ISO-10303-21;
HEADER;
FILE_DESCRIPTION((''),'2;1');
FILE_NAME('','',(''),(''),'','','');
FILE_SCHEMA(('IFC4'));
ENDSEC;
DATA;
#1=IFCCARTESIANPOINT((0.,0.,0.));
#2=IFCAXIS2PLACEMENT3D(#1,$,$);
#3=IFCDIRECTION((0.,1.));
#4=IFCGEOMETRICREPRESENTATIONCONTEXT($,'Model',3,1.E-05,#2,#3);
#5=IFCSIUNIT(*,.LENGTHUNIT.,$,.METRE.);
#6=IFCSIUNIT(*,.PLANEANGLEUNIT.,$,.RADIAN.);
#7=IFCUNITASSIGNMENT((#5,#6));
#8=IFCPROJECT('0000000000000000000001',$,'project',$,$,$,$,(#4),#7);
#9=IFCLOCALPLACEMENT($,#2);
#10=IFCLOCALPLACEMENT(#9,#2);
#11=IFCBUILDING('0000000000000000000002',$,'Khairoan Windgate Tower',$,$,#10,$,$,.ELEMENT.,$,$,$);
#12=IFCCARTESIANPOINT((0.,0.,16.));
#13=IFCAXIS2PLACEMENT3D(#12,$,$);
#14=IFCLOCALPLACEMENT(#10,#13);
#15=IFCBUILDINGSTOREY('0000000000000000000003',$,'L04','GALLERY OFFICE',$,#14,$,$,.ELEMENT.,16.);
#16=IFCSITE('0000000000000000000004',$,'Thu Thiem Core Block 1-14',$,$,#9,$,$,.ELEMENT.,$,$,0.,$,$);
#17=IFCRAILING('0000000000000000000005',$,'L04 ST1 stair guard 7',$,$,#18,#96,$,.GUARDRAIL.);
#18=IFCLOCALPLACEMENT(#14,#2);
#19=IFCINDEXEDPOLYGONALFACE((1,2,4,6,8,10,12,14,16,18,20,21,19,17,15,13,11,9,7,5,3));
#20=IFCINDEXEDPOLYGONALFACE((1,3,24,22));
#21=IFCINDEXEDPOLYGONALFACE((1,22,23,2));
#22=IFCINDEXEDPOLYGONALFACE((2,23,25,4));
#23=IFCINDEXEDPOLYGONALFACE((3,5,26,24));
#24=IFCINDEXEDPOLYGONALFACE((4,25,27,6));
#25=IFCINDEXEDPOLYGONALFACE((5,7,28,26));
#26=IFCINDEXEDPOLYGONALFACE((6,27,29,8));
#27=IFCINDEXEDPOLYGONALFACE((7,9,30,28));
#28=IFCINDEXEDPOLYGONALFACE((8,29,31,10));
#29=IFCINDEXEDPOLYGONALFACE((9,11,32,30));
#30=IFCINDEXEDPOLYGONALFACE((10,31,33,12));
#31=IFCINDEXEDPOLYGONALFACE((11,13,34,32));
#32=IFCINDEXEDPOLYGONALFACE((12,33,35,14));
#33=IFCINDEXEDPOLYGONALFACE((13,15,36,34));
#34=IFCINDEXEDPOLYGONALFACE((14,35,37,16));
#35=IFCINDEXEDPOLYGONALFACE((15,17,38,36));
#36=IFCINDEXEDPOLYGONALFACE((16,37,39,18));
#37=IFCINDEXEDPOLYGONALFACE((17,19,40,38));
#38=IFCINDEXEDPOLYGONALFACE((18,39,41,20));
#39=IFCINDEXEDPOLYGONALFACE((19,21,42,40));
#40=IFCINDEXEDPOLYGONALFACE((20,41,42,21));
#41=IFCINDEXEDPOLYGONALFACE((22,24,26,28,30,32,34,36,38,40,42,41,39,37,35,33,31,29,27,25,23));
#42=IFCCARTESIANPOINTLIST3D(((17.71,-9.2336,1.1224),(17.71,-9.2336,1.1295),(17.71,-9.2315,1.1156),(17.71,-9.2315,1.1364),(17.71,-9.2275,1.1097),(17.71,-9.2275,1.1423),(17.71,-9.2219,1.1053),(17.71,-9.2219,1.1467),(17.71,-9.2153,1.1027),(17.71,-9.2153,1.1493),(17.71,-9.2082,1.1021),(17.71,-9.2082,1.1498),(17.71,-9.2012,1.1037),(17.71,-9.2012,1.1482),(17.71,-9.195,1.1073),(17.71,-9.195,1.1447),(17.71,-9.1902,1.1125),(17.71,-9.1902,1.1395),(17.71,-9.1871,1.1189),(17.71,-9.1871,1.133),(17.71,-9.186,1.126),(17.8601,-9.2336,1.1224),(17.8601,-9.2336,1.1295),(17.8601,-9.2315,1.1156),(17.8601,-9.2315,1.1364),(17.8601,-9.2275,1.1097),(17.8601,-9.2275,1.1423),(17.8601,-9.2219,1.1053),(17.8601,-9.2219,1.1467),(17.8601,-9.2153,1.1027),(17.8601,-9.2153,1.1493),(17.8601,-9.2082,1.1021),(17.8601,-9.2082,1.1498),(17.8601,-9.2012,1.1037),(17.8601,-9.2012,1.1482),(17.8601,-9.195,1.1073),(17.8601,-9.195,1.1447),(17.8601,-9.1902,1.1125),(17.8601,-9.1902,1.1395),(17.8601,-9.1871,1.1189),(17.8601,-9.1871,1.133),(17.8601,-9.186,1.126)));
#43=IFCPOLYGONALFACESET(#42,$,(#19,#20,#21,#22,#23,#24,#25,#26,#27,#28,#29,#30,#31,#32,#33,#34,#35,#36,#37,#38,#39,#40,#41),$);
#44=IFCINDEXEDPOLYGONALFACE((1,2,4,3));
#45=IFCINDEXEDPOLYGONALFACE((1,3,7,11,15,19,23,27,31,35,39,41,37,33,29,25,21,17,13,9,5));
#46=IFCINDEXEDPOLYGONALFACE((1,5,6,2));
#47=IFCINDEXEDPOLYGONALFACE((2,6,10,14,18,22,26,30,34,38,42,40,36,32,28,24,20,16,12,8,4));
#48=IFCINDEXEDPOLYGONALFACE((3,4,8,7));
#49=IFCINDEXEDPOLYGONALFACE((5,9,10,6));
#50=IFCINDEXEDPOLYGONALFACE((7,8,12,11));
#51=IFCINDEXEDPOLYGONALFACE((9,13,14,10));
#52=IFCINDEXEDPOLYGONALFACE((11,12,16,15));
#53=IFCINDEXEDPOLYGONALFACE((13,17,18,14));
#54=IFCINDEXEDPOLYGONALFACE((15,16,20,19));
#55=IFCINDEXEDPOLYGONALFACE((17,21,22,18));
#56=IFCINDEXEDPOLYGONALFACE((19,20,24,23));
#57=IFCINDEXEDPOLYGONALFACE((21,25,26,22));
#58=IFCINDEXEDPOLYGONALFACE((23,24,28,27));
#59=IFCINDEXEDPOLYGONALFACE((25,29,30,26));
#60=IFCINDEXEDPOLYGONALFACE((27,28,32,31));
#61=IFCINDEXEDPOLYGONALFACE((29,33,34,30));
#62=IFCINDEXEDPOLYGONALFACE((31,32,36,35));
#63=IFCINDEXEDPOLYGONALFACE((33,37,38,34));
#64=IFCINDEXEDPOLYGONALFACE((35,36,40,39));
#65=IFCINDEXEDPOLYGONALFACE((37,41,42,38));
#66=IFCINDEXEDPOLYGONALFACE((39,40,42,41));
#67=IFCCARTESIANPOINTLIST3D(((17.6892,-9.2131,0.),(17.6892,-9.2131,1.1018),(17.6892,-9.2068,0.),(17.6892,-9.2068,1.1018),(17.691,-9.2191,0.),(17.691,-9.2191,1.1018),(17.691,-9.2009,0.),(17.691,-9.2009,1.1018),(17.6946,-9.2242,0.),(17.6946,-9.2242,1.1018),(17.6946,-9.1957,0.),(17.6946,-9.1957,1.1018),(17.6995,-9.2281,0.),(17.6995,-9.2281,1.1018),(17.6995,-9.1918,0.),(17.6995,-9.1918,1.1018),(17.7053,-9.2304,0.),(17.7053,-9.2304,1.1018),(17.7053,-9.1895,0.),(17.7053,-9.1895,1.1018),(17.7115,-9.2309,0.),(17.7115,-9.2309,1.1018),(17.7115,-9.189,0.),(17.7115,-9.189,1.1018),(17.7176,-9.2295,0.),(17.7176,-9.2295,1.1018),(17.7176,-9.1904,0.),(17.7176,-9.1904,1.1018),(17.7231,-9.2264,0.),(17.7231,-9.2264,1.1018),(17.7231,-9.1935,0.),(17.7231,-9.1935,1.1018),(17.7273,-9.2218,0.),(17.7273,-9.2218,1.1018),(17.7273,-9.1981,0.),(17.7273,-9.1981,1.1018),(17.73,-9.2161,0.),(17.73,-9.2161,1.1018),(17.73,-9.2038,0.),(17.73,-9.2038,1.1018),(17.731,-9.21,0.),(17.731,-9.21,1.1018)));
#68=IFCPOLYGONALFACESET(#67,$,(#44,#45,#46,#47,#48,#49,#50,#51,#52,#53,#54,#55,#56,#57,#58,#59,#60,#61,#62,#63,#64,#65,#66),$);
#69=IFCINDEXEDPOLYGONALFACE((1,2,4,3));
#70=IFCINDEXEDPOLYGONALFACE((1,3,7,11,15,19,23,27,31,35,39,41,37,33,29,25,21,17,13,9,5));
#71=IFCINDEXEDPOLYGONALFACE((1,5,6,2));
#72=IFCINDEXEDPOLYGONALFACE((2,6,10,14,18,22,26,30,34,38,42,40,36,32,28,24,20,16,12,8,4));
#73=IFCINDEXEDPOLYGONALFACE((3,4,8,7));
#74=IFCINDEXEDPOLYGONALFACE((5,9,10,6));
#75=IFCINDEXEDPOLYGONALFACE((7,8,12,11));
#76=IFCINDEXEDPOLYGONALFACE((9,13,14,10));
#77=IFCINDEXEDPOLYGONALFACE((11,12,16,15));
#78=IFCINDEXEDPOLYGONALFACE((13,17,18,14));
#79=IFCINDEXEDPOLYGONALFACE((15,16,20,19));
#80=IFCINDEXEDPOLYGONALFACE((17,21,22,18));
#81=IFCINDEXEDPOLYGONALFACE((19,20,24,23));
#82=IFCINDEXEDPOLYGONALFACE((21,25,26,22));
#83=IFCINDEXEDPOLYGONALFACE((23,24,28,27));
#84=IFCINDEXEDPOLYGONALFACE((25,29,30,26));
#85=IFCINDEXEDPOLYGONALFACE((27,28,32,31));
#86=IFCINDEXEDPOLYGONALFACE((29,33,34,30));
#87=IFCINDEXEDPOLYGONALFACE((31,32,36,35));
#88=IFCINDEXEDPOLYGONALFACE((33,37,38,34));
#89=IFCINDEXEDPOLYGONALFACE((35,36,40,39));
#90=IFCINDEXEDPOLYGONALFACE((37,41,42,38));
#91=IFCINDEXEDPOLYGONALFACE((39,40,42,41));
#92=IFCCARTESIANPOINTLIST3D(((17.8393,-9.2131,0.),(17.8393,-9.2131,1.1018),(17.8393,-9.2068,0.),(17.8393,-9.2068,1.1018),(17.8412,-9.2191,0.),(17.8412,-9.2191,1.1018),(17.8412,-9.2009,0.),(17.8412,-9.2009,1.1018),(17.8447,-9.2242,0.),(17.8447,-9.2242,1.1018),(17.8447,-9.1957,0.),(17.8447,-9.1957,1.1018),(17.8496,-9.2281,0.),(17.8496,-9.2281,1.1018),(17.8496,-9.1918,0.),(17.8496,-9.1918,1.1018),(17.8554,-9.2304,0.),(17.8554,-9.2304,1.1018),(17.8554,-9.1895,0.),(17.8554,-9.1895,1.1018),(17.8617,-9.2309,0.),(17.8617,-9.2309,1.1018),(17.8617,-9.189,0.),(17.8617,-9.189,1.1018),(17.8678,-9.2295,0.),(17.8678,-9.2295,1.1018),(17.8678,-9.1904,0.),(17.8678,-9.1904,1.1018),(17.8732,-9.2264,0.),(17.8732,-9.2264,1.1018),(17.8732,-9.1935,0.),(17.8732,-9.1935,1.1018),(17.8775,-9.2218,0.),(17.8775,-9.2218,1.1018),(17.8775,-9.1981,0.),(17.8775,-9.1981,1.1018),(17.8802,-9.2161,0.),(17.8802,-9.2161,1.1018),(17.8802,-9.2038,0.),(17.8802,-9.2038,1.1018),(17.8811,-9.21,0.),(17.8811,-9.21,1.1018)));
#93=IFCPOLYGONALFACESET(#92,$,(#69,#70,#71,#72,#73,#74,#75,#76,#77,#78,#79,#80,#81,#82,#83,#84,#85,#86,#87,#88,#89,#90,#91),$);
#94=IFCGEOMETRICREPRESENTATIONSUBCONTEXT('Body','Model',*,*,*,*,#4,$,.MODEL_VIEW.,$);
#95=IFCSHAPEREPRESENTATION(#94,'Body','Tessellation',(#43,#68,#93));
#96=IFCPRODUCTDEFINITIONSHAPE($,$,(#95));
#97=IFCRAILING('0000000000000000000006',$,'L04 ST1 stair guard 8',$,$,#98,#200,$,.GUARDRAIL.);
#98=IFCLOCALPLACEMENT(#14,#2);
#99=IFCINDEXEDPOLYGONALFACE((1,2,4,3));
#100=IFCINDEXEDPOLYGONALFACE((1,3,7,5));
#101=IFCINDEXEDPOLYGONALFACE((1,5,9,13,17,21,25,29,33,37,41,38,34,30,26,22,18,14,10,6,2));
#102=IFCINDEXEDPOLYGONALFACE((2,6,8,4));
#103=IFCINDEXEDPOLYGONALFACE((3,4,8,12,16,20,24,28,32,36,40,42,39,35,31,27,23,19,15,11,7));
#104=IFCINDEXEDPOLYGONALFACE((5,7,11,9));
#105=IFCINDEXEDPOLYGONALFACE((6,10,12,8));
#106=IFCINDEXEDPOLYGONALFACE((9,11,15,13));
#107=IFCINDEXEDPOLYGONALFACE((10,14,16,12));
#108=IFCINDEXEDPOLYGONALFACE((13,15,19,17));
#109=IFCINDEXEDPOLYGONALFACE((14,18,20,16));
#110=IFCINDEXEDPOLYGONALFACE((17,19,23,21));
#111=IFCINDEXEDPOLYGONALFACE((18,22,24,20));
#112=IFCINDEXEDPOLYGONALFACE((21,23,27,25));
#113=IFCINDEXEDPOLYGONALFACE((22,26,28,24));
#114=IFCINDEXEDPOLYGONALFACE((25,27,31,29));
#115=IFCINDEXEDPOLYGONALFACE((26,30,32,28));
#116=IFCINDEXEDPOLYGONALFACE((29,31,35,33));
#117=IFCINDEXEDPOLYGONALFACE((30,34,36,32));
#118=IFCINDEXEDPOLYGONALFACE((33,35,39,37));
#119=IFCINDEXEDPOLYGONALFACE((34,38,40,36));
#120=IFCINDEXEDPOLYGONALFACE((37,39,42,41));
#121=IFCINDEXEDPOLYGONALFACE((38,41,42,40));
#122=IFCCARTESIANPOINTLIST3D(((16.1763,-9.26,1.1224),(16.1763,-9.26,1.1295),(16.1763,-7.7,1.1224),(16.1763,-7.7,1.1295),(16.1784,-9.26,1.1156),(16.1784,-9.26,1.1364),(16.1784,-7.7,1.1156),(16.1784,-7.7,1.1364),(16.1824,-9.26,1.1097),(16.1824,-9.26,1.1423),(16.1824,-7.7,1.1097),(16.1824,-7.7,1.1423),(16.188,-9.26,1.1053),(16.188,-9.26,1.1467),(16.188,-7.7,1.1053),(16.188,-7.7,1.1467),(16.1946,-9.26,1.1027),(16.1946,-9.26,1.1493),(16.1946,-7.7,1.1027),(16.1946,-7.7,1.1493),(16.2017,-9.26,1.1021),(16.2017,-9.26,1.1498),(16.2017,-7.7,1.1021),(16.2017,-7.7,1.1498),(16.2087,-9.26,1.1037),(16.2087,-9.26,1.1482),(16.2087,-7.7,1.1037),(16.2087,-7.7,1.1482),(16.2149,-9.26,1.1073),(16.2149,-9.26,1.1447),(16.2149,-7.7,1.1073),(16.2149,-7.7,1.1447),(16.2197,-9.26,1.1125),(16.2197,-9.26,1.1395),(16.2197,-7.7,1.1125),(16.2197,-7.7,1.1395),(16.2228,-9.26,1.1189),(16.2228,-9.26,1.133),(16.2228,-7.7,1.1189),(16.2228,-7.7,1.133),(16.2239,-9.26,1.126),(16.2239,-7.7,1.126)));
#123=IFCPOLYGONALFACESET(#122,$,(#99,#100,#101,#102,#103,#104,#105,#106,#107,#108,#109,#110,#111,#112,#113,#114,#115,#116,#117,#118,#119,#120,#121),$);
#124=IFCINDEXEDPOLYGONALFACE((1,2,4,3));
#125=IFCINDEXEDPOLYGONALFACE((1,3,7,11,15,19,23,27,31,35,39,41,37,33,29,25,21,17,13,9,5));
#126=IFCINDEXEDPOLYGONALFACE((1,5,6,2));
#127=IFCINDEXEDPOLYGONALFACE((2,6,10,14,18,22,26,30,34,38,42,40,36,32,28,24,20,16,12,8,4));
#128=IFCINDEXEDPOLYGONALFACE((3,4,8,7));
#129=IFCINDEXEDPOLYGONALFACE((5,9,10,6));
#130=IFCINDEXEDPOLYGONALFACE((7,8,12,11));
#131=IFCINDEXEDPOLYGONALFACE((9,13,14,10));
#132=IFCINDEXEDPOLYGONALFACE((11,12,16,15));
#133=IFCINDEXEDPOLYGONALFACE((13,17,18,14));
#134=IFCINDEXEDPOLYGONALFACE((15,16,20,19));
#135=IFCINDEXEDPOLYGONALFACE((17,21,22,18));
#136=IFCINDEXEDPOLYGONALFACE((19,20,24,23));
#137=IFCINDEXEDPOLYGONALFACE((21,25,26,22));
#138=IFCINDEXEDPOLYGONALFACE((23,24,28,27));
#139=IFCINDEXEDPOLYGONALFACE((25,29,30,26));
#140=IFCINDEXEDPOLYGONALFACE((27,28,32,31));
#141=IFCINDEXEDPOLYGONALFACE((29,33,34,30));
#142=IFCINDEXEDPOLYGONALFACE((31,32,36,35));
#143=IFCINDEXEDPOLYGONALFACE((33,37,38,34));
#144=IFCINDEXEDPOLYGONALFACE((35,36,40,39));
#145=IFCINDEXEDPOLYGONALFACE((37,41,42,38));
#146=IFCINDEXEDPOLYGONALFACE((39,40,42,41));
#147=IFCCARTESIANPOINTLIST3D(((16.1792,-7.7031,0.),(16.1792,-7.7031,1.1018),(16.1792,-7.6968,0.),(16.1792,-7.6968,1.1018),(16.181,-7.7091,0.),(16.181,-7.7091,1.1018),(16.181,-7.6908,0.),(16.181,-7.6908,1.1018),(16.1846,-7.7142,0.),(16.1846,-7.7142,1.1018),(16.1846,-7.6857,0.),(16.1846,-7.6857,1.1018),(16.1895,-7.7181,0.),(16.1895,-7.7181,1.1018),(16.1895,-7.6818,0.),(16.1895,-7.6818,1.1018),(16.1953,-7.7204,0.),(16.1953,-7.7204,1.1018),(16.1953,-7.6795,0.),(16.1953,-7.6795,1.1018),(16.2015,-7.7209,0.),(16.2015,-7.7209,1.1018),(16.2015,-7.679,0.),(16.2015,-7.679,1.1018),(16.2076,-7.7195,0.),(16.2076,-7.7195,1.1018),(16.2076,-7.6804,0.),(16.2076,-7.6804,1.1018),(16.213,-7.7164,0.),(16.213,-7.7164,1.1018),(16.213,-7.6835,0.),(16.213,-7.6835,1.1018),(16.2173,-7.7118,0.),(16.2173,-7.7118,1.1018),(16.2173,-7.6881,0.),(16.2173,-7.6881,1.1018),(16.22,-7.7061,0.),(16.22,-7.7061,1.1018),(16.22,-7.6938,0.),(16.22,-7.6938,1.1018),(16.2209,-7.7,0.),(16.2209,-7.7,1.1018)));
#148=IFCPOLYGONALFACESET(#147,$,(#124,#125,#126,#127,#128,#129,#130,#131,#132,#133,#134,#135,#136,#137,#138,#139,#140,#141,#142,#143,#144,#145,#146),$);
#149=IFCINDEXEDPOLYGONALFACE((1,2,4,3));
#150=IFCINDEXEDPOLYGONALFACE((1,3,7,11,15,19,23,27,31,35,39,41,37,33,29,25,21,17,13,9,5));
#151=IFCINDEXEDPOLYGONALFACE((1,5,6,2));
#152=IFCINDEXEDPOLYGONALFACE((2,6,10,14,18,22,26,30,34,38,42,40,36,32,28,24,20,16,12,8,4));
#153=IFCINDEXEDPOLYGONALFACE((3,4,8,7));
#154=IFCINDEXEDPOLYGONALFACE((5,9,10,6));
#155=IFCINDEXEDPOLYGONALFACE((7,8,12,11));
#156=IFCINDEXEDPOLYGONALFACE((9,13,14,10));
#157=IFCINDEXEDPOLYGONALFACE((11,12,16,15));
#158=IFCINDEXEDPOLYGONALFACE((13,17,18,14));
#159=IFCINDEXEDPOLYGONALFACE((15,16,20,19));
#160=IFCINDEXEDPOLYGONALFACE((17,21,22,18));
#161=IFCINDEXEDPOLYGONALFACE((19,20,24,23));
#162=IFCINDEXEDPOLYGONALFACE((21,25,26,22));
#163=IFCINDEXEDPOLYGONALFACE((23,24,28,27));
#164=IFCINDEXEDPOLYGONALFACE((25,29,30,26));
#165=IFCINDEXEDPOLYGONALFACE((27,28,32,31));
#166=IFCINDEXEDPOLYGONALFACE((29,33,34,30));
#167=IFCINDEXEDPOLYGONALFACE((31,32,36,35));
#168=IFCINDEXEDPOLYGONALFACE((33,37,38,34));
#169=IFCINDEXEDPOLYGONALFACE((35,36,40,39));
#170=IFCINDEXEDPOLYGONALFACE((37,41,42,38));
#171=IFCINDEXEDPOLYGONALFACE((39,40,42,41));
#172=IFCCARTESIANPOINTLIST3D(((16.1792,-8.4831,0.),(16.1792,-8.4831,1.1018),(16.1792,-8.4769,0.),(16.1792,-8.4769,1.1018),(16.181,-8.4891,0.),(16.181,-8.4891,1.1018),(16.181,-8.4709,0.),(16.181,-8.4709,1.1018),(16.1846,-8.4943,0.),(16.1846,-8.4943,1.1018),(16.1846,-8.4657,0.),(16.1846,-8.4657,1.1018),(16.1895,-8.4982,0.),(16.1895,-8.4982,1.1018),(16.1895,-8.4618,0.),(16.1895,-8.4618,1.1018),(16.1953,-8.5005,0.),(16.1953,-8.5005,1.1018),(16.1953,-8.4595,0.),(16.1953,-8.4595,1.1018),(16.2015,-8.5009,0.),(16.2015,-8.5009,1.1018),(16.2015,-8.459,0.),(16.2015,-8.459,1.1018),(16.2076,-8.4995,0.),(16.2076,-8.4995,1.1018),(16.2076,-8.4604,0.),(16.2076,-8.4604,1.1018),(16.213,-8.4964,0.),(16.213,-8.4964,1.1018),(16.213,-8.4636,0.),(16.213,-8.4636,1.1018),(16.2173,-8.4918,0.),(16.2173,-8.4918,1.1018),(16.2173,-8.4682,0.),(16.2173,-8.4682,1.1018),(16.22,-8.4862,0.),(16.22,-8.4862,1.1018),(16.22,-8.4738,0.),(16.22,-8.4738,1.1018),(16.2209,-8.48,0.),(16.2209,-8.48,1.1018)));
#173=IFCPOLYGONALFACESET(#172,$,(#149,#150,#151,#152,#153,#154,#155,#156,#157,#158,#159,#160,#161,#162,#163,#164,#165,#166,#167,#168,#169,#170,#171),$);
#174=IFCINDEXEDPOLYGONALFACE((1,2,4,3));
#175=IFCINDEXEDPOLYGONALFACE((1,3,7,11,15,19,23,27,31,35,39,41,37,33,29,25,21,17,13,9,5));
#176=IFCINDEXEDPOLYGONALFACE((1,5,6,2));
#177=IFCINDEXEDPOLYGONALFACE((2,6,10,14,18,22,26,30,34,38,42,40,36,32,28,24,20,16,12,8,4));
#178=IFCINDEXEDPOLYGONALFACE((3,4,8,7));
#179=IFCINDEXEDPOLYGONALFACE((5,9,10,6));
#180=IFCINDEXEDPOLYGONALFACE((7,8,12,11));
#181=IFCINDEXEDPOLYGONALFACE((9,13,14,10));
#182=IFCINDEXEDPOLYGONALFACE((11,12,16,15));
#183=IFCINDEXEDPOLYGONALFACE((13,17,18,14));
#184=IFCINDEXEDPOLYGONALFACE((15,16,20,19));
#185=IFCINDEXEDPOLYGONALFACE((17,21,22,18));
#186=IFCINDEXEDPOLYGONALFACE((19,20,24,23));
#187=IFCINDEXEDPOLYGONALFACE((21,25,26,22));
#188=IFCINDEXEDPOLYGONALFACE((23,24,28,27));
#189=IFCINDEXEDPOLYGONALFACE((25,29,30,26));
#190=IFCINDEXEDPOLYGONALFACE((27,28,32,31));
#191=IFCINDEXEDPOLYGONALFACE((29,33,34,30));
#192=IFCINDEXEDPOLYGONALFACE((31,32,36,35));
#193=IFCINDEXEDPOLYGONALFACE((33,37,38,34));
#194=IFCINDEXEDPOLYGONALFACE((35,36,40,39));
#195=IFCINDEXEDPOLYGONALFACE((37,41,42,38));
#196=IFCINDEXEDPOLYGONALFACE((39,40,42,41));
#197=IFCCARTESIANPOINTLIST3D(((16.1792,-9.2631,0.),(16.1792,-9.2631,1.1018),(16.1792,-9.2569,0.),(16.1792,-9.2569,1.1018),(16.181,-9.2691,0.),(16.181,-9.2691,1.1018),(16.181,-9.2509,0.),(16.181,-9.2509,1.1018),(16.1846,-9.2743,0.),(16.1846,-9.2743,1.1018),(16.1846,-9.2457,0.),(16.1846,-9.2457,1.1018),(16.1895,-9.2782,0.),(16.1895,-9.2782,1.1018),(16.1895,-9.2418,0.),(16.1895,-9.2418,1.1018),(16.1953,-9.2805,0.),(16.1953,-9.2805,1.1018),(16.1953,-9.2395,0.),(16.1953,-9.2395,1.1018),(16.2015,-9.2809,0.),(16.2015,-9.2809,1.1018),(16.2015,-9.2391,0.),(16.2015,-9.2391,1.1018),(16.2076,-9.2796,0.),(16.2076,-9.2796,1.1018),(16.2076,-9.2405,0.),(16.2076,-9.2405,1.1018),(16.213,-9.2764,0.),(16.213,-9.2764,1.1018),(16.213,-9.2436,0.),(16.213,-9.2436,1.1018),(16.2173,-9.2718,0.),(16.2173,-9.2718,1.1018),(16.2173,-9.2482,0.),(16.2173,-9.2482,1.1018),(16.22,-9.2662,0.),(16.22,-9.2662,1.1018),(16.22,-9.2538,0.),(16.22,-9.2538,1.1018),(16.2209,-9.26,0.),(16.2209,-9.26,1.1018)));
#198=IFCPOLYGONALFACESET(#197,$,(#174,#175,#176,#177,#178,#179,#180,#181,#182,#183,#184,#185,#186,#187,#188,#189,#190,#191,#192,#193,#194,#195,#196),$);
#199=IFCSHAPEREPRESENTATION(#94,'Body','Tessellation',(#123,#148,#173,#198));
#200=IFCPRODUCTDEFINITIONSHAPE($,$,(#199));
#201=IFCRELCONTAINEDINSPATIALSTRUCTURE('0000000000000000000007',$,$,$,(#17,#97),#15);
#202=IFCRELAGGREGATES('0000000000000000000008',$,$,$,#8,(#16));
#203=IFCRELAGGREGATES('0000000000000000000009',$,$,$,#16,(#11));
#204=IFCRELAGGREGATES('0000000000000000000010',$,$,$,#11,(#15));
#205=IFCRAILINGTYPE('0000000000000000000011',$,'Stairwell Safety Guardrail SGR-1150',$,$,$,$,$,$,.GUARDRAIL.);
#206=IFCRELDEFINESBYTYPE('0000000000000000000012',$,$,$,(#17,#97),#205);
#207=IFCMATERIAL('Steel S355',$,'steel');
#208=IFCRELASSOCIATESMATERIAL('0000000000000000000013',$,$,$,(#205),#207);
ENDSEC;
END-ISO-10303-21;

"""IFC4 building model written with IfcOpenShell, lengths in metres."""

from ifc_helpers import new_model, si_unit, direction, frame, origin, origin_2d, place, context, subcontext, project, spatial, circle, extrude, material, type_object, element, save


model = new_model("IFC4")

# Units and contexts
model_context = context("Model", 3, precision=1e-05, world=origin(), true_north=direction((0.0, 1.0)))
body_context = subcontext(model_context, "Body", "Model", "MODEL_VIEW")
ifc_project = project(units=[si_unit("LENGTHUNIT", "METRE"), si_unit("PLANEANGLEUNIT", "RADIAN")], contexts=[model_context])

# Site, building, storey
site_placement = place(None, origin())
site = spatial("IfcSite", under=ifc_project, at=site_placement, Name="Thu Thiem Core Block 1-14", CompositionType="ELEMENT", RefElevation=0.0)
building_placement = place(site_placement, origin())
building = spatial("IfcBuilding", under=site, at=building_placement, Name="Khairoan Windgate Tower", CompositionType="ELEMENT")
storey_placement = place(building_placement, frame((0.0, 0.0, 16.0)))
storey = spatial("IfcBuildingStorey", under=building, at=storey_placement, Name="L04", Description="GALLERY OFFICE", CompositionType="ELEMENT", Elevation=16.0)

# Railings
ifc_material_1 = material(Name="Steel S355", Category="steel")
railing_type_1 = type_object("IfcRailingType", Name="Stairwell Safety Guardrail SGR-1150", PredefinedType="GUARDRAIL", material=ifc_material_1)
railing_1_placement = place(storey_placement, frame((17.71, -9.21, 0.0)))
element("IfcRailing", 1, at=railing_1_placement, inside=storey, type_object=railing_type_1, Name="L04 ST1 stair guard 7", PredefinedType="GUARDRAIL", context=body_context, shape_type="SweptSolid", body=[
    extrude(circle(Radius=0.0239, at=origin_2d()), frame((0.0, 0.0, 1.126), z_axis=(1.0, 0.0, 0.0), x_axis=(0.0, 1.0, 0.0)), (0.0, 0.0, 1.0), 0.1501),
    extrude(circle(Radius=0.021, at=origin_2d()), origin(), (0.0, 0.0, 1.0), 1.1018),
    extrude(circle(Radius=0.021, at=origin_2d()), frame((0.1501, 0.0, 0.0)), (0.0, 0.0, 1.0), 1.1018),
])
for number, where, name in (
    (2, (16.2, -7.7, 0.0), "L04 ST1 stair guard 8"),
):
    element("IfcRailing", number, at=place(storey_placement, frame(where)), inside=storey, type_object=railing_type_1, Name=name, PredefinedType="GUARDRAIL", context=body_context, shape_type="SweptSolid", body=[
        extrude(circle(Radius=0.0239, at=origin_2d()), frame((0.0, 0.0, 1.126), z_axis=(0.0, -1.0, 0.0), x_axis=(1.0, 0.0, 0.0)), (0.0, 0.0, 1.0), 1.5601),
        extrude(circle(Radius=0.021, at=origin_2d()), origin(), (0.0, 0.0, 1.0), 1.1018),
        extrude(circle(Radius=0.021, at=origin_2d()), frame((0.0, -0.78, 0.0)), (0.0, 0.0, 1.0), 1.1018),
        extrude(circle(Radius=0.021, at=origin_2d()), frame((0.0, -1.5601, 0.0)), (0.0, 0.0, 1.0), 1.1018),
    ])

save(model, "model.ifc")
